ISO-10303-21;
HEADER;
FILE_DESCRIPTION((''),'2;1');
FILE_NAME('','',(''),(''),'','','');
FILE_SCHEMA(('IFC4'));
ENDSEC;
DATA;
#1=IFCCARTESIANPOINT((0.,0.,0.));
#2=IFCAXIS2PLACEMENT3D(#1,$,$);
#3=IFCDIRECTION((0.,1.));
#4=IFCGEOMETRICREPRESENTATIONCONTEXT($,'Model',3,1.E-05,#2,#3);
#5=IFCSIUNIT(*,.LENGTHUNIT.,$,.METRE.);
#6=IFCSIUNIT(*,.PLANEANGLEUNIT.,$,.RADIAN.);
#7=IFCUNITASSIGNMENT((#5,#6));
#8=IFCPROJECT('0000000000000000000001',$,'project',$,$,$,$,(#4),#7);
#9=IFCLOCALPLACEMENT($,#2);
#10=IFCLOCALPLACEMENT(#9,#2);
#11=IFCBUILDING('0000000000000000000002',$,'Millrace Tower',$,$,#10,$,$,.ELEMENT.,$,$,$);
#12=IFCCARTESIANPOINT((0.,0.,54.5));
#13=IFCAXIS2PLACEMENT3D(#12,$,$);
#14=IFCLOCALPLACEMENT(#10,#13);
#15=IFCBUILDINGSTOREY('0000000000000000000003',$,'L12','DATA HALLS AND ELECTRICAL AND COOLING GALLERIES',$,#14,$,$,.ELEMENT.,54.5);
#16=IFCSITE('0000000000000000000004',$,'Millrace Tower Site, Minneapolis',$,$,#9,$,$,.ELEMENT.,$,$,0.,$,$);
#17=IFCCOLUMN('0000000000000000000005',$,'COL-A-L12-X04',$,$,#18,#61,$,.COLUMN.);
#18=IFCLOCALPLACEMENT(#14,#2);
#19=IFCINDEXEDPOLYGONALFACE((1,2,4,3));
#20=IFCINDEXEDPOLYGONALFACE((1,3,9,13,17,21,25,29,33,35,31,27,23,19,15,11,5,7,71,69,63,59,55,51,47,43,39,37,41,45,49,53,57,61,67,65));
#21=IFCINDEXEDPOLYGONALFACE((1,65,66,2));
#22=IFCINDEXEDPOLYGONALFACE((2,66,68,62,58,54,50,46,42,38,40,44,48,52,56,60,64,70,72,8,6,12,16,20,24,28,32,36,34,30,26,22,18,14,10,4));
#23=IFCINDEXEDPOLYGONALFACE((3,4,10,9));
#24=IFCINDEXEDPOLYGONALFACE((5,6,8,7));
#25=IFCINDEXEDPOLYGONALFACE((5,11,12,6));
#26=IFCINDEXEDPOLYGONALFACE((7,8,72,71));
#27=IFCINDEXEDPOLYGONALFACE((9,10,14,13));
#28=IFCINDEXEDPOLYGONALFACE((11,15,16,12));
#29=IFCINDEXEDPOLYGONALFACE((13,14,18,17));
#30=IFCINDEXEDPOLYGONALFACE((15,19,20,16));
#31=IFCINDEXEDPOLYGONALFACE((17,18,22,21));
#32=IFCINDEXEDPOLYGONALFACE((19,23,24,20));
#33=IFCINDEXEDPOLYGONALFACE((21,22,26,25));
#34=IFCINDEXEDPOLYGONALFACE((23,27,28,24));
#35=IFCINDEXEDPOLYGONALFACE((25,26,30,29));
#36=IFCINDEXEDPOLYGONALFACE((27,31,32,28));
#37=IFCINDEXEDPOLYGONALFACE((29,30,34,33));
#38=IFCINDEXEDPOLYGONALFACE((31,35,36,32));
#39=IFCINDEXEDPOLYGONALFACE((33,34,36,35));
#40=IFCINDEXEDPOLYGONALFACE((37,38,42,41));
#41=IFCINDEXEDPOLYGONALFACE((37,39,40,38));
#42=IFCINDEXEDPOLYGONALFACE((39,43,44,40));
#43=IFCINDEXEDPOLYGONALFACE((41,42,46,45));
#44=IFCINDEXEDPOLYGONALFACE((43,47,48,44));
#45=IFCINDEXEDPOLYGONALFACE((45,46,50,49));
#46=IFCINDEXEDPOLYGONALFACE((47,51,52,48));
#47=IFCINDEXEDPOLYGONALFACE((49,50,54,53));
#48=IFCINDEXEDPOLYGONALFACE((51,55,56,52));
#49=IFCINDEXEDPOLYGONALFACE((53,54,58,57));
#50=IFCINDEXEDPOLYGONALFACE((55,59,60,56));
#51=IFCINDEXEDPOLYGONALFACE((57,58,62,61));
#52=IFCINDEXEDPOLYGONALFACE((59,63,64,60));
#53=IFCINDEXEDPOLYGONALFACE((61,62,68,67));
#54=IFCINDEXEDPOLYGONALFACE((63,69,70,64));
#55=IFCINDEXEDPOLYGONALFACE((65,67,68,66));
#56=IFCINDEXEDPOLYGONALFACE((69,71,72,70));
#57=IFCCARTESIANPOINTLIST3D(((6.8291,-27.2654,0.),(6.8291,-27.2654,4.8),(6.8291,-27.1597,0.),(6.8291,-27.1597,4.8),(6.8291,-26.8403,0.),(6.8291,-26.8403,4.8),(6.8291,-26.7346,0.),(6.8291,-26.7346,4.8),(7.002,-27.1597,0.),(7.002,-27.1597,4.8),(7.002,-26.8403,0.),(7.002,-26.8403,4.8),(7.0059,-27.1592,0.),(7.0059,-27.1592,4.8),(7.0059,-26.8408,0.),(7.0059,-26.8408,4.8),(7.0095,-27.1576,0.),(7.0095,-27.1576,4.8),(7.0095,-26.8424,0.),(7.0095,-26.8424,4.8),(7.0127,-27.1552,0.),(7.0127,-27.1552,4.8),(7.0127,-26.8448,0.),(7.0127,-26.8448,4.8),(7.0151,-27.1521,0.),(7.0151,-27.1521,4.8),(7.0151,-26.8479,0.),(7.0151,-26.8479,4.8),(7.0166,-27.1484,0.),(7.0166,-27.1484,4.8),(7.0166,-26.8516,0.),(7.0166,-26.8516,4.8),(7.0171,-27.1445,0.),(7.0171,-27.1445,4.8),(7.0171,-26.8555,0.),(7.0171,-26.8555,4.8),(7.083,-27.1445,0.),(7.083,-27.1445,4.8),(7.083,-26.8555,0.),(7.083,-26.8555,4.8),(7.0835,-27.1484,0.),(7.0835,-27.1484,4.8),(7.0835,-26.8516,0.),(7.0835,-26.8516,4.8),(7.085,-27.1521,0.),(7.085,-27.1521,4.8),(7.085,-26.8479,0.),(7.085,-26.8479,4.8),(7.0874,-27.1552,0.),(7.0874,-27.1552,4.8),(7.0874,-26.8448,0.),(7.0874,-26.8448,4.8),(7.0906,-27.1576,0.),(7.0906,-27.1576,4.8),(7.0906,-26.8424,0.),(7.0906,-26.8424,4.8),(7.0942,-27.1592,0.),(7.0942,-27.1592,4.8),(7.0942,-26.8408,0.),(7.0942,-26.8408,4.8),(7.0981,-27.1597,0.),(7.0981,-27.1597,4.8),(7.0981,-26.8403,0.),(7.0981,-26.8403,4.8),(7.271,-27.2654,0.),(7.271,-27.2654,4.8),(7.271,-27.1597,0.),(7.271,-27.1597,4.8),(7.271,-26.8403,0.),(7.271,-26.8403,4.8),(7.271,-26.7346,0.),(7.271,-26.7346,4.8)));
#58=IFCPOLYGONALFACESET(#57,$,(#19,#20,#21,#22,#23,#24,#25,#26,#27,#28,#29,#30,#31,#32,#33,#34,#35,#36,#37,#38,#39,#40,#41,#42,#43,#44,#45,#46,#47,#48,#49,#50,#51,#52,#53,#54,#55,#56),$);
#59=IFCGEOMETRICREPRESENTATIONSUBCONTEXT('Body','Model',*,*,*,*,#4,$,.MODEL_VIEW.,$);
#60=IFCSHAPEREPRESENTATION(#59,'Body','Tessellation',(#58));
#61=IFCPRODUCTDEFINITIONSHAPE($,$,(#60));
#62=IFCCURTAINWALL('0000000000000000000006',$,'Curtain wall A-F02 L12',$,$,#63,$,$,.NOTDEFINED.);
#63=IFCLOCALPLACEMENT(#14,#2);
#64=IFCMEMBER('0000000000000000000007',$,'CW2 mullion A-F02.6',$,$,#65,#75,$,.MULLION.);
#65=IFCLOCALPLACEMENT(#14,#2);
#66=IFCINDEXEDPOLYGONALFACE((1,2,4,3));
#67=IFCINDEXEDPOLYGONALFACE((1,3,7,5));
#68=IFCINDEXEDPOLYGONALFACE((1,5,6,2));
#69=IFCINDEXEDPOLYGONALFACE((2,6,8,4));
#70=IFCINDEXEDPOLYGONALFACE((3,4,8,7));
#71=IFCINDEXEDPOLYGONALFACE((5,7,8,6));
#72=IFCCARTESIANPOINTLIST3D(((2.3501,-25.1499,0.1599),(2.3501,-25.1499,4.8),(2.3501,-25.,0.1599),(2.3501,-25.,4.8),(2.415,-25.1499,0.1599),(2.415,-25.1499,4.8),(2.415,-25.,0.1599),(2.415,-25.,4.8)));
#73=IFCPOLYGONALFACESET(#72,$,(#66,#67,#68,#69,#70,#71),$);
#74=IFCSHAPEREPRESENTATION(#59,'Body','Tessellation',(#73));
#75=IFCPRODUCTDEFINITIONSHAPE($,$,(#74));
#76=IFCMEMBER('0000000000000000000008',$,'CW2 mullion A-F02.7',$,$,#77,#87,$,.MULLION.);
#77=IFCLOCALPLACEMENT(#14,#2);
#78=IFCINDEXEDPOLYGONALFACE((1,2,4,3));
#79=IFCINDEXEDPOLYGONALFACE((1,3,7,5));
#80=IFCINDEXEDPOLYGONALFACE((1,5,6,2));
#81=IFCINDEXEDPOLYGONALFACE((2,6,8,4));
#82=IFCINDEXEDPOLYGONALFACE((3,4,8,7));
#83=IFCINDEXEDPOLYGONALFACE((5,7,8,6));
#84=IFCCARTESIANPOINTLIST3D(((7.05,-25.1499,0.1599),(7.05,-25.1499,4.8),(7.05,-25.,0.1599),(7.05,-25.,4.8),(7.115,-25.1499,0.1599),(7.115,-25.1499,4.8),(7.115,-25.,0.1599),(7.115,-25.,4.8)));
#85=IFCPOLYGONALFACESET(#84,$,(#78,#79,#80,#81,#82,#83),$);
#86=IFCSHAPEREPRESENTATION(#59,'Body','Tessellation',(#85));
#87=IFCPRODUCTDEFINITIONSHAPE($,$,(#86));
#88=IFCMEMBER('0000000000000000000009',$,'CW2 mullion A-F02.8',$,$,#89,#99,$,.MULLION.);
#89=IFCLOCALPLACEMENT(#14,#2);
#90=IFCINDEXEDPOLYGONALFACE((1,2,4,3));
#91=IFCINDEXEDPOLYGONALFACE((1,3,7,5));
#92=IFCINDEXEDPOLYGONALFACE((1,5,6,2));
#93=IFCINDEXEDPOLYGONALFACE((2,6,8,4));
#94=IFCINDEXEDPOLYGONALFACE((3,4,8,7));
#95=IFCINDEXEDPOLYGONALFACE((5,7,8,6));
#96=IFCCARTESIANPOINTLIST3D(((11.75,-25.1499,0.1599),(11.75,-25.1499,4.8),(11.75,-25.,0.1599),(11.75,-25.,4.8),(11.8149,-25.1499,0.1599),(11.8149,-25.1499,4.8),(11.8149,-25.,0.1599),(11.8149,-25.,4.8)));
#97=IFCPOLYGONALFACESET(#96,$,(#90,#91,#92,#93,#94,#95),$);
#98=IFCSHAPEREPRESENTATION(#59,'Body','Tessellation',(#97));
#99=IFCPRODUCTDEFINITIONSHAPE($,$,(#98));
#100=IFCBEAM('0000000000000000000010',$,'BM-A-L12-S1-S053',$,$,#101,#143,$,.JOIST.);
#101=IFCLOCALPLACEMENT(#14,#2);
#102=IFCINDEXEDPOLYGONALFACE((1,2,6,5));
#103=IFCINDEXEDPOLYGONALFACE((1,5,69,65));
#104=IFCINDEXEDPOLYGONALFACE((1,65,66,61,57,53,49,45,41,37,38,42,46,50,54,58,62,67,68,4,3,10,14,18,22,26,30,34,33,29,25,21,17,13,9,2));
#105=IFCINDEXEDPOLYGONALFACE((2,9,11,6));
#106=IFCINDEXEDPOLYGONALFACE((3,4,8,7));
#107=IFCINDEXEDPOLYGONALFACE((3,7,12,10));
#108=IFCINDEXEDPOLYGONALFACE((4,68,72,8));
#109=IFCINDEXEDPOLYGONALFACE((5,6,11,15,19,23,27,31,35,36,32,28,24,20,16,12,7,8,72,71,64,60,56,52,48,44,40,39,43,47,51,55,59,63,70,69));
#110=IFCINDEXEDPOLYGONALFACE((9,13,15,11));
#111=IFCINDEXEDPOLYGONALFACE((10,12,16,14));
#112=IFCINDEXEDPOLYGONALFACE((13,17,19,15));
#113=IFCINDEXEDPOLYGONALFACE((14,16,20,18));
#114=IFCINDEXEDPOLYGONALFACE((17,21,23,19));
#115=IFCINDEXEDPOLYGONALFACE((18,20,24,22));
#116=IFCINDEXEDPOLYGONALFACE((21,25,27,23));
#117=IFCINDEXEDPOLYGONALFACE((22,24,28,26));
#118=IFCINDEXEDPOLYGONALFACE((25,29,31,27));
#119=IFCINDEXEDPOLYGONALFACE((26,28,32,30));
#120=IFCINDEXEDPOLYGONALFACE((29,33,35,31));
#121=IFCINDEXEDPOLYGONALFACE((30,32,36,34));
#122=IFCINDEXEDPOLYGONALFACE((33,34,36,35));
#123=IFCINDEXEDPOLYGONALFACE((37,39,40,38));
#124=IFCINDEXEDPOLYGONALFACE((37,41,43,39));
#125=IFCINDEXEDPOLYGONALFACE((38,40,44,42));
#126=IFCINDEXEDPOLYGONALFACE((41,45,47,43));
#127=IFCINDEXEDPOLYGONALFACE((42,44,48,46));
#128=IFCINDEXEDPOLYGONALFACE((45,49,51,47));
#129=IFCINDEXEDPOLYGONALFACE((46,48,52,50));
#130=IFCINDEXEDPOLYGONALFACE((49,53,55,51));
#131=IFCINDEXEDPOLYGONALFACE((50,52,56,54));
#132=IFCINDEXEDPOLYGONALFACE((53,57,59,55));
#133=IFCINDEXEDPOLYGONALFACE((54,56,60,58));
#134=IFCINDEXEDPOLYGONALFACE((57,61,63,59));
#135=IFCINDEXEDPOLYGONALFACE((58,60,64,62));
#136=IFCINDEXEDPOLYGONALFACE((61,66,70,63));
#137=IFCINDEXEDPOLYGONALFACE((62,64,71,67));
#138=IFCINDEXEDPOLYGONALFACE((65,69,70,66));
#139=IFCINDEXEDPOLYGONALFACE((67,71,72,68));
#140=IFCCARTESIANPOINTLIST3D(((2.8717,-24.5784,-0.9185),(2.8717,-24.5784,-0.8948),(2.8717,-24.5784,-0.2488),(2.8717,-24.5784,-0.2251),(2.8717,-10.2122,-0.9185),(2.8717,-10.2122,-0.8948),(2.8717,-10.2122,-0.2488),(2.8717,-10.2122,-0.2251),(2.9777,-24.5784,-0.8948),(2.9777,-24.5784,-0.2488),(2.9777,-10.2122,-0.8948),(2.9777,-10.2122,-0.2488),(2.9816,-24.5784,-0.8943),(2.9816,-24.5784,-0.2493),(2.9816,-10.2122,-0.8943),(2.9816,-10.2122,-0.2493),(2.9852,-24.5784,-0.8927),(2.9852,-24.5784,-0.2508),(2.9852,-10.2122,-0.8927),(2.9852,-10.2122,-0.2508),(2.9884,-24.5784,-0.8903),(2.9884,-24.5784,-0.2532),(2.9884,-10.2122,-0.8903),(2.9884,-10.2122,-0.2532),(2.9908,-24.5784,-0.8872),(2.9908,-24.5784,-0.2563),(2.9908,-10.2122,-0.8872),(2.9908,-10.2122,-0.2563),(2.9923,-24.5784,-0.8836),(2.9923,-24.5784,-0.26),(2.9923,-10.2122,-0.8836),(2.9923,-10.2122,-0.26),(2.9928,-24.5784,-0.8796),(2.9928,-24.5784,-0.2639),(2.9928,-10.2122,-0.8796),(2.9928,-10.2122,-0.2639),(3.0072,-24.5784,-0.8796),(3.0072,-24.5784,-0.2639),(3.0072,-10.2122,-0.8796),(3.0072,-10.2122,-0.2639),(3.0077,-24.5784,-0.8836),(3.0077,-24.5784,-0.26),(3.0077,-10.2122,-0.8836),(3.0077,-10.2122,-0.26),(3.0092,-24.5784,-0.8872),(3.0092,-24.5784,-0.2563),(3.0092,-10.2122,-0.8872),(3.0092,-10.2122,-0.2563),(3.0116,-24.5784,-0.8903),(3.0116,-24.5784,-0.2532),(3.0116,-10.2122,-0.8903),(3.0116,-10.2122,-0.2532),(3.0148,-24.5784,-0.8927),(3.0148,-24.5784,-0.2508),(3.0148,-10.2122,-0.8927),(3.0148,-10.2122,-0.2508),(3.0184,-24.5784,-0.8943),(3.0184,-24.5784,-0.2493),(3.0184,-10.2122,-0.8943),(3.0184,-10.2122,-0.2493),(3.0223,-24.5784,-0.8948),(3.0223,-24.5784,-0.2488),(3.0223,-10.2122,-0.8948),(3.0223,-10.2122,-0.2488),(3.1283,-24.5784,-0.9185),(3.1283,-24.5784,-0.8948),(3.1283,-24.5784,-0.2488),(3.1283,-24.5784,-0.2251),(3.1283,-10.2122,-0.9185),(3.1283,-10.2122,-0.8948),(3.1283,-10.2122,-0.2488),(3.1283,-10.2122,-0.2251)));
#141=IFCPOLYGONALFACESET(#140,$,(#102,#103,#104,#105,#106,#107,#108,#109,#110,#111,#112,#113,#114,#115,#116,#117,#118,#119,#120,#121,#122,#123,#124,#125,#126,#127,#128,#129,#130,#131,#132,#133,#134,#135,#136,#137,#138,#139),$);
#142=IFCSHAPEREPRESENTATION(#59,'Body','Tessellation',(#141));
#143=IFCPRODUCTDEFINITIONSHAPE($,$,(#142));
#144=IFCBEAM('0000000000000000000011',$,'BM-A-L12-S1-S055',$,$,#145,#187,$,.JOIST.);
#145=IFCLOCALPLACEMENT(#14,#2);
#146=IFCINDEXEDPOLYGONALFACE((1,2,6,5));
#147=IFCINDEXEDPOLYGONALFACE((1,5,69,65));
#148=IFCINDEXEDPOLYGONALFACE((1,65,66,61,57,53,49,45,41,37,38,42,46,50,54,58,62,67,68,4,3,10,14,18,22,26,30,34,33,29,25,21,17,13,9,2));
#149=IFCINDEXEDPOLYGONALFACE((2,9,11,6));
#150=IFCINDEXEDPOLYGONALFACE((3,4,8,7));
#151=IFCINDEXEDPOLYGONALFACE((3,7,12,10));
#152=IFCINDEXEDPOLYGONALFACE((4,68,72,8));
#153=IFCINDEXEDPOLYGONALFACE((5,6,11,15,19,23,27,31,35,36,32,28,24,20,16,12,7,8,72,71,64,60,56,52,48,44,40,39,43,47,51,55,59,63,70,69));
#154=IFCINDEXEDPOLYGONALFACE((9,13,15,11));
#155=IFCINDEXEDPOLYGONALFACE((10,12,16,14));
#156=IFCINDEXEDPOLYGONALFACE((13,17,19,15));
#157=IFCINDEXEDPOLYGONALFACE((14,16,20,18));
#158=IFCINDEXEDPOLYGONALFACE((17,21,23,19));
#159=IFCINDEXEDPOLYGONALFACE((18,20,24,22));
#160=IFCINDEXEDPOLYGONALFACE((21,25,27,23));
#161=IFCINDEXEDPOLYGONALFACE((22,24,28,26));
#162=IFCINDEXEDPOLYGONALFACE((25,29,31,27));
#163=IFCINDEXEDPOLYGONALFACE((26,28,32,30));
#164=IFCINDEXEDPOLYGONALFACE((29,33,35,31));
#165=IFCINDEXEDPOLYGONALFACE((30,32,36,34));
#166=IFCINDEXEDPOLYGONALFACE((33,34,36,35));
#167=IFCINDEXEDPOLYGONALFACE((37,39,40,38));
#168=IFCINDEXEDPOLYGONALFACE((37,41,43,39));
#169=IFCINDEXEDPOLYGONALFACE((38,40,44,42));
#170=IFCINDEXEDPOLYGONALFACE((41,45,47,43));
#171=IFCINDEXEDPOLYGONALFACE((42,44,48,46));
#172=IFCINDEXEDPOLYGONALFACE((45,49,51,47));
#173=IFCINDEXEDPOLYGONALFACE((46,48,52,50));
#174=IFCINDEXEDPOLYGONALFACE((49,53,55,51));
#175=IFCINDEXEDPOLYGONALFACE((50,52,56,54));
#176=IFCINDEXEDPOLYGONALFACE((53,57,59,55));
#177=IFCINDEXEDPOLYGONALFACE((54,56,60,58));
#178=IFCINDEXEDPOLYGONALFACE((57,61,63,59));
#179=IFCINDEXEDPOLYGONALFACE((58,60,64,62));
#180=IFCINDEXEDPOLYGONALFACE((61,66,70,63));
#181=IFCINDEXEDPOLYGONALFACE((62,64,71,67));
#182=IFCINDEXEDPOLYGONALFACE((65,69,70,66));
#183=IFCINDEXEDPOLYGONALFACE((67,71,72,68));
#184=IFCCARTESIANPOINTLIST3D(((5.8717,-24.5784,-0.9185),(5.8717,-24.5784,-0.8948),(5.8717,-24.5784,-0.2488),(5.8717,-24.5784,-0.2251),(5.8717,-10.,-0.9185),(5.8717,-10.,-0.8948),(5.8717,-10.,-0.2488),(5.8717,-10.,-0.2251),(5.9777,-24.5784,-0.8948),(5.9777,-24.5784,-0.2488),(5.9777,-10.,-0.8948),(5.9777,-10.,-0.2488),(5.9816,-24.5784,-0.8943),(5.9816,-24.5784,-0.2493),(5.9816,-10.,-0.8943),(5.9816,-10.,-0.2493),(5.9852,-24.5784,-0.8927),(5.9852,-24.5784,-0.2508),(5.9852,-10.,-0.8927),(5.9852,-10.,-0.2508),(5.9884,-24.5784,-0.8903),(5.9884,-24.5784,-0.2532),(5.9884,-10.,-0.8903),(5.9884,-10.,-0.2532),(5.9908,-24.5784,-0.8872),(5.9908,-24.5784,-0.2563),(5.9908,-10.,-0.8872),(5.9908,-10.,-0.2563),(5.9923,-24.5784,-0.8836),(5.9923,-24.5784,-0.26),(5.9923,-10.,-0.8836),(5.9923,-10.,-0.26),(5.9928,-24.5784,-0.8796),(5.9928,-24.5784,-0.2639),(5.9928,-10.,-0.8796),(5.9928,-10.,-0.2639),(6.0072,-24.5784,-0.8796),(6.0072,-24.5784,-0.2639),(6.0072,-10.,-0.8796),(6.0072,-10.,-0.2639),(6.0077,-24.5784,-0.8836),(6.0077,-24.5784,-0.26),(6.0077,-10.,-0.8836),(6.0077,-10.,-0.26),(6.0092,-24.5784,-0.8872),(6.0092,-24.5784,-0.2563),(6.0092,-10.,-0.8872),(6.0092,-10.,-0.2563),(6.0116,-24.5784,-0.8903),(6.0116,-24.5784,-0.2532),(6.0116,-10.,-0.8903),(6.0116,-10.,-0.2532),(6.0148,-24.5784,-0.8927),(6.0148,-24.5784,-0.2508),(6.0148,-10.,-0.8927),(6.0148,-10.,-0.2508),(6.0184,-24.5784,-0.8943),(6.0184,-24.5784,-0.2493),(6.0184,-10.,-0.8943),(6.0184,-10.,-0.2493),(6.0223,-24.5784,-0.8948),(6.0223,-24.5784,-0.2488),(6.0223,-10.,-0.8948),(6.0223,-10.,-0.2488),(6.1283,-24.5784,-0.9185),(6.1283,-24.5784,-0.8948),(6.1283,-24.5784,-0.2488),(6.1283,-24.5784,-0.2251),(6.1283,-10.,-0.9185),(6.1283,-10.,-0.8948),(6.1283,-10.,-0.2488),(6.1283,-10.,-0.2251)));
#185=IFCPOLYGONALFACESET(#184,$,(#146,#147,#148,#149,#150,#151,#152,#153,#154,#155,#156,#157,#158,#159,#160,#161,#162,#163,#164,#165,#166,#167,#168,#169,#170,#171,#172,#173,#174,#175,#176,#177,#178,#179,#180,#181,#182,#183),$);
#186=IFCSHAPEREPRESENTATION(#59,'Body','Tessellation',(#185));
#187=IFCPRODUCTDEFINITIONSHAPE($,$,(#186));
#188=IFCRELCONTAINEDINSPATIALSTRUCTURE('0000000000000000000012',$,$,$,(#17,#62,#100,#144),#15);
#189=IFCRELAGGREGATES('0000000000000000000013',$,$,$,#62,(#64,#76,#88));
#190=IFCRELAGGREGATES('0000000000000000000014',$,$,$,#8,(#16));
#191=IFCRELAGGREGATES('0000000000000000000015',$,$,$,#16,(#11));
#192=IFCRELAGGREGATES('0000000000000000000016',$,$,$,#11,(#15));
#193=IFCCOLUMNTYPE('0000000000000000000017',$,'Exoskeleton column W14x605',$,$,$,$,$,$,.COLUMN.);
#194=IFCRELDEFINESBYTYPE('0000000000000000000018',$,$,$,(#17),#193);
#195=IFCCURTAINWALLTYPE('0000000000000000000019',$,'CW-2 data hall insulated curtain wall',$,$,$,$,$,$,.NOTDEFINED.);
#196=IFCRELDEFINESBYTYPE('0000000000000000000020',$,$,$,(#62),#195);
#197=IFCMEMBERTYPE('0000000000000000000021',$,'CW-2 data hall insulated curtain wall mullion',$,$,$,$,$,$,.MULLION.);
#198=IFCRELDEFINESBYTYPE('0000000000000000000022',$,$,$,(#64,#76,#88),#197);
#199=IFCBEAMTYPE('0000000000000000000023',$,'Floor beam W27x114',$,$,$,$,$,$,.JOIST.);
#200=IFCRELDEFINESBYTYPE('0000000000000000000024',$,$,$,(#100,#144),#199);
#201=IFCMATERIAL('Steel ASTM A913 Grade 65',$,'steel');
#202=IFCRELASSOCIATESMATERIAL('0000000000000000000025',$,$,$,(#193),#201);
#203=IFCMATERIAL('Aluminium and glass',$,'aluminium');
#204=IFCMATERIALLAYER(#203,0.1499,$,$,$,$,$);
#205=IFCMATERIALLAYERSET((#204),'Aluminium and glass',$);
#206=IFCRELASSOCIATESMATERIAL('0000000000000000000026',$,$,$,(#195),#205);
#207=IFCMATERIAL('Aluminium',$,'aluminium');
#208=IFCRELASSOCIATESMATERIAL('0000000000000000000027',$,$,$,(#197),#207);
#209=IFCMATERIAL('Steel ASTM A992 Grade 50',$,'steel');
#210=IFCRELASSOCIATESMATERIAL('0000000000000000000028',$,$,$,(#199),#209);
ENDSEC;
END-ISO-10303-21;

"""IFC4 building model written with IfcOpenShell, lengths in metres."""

from ifc_helpers import new_model, si_unit, direction, frame, origin, origin_2d, place, context, subcontext, project, spatial, rectangle, i_section, extrude, material, layer, layer_set, material_profile, profile_set, type_object, element, aggregate, save


model = new_model("IFC4")

# Units and contexts
model_context = context("Model", 3, precision=1e-05, world=origin(), true_north=direction((0.0, 1.0)))
body_context = subcontext(model_context, "Body", "Model", "MODEL_VIEW")
ifc_project = project(units=[si_unit("LENGTHUNIT", "METRE"), si_unit("PLANEANGLEUNIT", "RADIAN")], contexts=[model_context])

# Site, building, storey
site_placement = place(None, origin())
site = spatial("IfcSite", under=ifc_project, at=site_placement, Name="Millrace Tower Site, Minneapolis", CompositionType="ELEMENT", RefElevation=0.0)
building_placement = place(site_placement, origin())
building = spatial("IfcBuilding", under=site, at=building_placement, Name="Millrace Tower", CompositionType="ELEMENT")
storey_placement = place(building_placement, frame((0.0, 0.0, 54.5)))
storey = spatial("IfcBuildingStorey", under=building, at=storey_placement, Name="L12", Description="DATA HALLS AND ELECTRICAL AND COOLING GALLERIES", CompositionType="ELEMENT", Elevation=54.5)

# Column
ifc_material_1 = material(Name="Steel ASTM A913 Grade 65", Category="steel")
ifc_material_profile_1 = material_profile(ifc_material_1, i_section(OverallWidth=0.4419, OverallDepth=0.5308, WebThickness=0.0659, FlangeThickness=0.1057, FilletRadius=0.0151, at=origin_2d()))
ifc_profile_set_1 = profile_set([ifc_material_profile_1], Name="Steel ASTM A913 Grade 65")
column_type = type_object("IfcColumnType", Name="Exoskeleton column W14x605", PredefinedType="COLUMN", material=ifc_profile_set_1)
column_placement = place(storey_placement, frame((7.05, -27.0, 0.0), z_axis=(0.0, 0.0, 1.0), x_axis=(1.0, 0.0, 0.0)))
element("IfcColumn", 1, at=column_placement, inside=storey, type_object=column_type, Name="COL-A-L12-X04", PredefinedType="COLUMN", context=body_context, shape_type="SweptSolid", body=[
    extrude(i_section(OverallWidth=0.4419, OverallDepth=0.5308, WebThickness=0.0659, FlangeThickness=0.1057, FilletRadius=0.0151, at=origin_2d()), origin(), (0.0, 0.0, 1.0), 4.8),
])

# Curtain wall, members
ifc_material_2 = material(Name="Aluminium and glass", Category="aluminium")
ifc_layer_1 = layer(ifc_material_2, 0.1499)
ifc_layer_set_1 = layer_set([ifc_layer_1], Name="Aluminium and glass")
curtain_wall_type = type_object("IfcCurtainWallType", Name="CW-2 data hall insulated curtain wall", PredefinedType="NOTDEFINED", material=ifc_layer_set_1)
placement = place(storey_placement, origin())
curtain_wall = element("IfcCurtainWall", 2, at=placement, inside=storey, type_object=curtain_wall_type, Name="Curtain wall A-F02 L12", PredefinedType="NOTDEFINED")
ifc_material_3 = material(Name="Aluminium", Category="aluminium")
ifc_material_profile_2 = material_profile(ifc_material_3, rectangle(XDim=0.0649, YDim=0.1499, at=origin_2d()))
ifc_profile_set_2 = profile_set([ifc_material_profile_2], Name="Aluminium")
member_type = type_object("IfcMemberType", Name="CW-2 data hall insulated curtain wall mullion", PredefinedType="MULLION", material=ifc_profile_set_2)
member_1_placement = place(storey_placement, frame((2.3826, -25.075, 0.1599), z_axis=(0.0, 0.0, 1.0), x_axis=(1.0, 0.0, 0.0)))
member_1 = element("IfcMember", 3, at=member_1_placement, type_object=member_type, Name="CW2 mullion A-F02.6", PredefinedType="MULLION", context=body_context, shape_type="SweptSolid", body=[
    extrude(rectangle(XDim=0.0649, YDim=0.1499, at=origin_2d()), origin(), (0.0, 0.0, 1.0), 4.6401),
])
member_2_placement = place(storey_placement, frame((7.0825, -25.075, 0.1599), z_axis=(0.0, 0.0, 1.0), x_axis=(1.0, 0.0, 0.0)))
member_2 = element("IfcMember", 4, at=member_2_placement, type_object=member_type, Name="CW2 mullion A-F02.7", PredefinedType="MULLION", context=body_context, shape_type="SweptSolid", body=[
    extrude(rectangle(XDim=0.0649, YDim=0.1499, at=origin_2d()), origin(), (0.0, 0.0, 1.0), 4.6401),
])
member_3_placement = place(storey_placement, frame((11.7825, -25.075, 0.1599), z_axis=(0.0, 0.0, 1.0), x_axis=(1.0, 0.0, 0.0)))
member_3 = element("IfcMember", 5, at=member_3_placement, type_object=member_type, Name="CW2 mullion A-F02.8", PredefinedType="MULLION", context=body_context, shape_type="SweptSolid", body=[
    extrude(rectangle(XDim=0.0649, YDim=0.1499, at=origin_2d()), origin(), (0.0, 0.0, 1.0), 4.6401),
])
aggregate(curtain_wall, [member_1, member_2, member_3])

# Beams
ifc_material_4 = material(Name="Steel ASTM A992 Grade 50", Category="steel")
ifc_material_profile_3 = material_profile(ifc_material_4, i_section(OverallWidth=0.2566, OverallDepth=0.6934, WebThickness=0.0144, FlangeThickness=0.0237, FilletRadius=0.0151, at=origin_2d()))
ifc_profile_set_3 = profile_set([ifc_material_profile_3], Name="Steel ASTM A992 Grade 50")
beam_type_1 = type_object("IfcBeamType", Name="Floor beam W27x114", PredefinedType="JOIST", material=ifc_profile_set_3)
beam_1_placement = place(storey_placement, frame((3.0, -24.5784, -0.5718), z_axis=(0.0, 1.0, 0.0), x_axis=(-1.0, 0.0, 0.0)))
element("IfcBeam", 6, at=beam_1_placement, inside=storey, type_object=beam_type_1, Name="BM-A-L12-S1-S053", PredefinedType="JOIST", context=body_context, shape_type="SweptSolid", body=[
    extrude(i_section(OverallWidth=0.2566, OverallDepth=0.6934, WebThickness=0.0144, FlangeThickness=0.0237, FilletRadius=0.0151, at=origin_2d()), origin(), (0.0, 0.0, 1.0), 14.3662),
])
for number, where, z_axis, x_axis, name in (
    (7, (6.0, -24.5784, -0.5718), (0.0, 1.0, 0.0), (-1.0, 0.0, 0.0), "BM-A-L12-S1-S055"),
):
    element("IfcBeam", number, at=place(storey_placement, frame(where, z_axis=z_axis, x_axis=x_axis)), inside=storey, type_object=beam_type_1, Name=name, PredefinedType="JOIST", context=body_context, shape_type="SweptSolid", body=[
        extrude(i_section(OverallWidth=0.2566, OverallDepth=0.6934, WebThickness=0.0144, FlangeThickness=0.0237, FilletRadius=0.0151, at=origin_2d()), origin(), (0.0, 0.0, 1.0), 14.5784),
    ])

save(model, "model.ifc")
